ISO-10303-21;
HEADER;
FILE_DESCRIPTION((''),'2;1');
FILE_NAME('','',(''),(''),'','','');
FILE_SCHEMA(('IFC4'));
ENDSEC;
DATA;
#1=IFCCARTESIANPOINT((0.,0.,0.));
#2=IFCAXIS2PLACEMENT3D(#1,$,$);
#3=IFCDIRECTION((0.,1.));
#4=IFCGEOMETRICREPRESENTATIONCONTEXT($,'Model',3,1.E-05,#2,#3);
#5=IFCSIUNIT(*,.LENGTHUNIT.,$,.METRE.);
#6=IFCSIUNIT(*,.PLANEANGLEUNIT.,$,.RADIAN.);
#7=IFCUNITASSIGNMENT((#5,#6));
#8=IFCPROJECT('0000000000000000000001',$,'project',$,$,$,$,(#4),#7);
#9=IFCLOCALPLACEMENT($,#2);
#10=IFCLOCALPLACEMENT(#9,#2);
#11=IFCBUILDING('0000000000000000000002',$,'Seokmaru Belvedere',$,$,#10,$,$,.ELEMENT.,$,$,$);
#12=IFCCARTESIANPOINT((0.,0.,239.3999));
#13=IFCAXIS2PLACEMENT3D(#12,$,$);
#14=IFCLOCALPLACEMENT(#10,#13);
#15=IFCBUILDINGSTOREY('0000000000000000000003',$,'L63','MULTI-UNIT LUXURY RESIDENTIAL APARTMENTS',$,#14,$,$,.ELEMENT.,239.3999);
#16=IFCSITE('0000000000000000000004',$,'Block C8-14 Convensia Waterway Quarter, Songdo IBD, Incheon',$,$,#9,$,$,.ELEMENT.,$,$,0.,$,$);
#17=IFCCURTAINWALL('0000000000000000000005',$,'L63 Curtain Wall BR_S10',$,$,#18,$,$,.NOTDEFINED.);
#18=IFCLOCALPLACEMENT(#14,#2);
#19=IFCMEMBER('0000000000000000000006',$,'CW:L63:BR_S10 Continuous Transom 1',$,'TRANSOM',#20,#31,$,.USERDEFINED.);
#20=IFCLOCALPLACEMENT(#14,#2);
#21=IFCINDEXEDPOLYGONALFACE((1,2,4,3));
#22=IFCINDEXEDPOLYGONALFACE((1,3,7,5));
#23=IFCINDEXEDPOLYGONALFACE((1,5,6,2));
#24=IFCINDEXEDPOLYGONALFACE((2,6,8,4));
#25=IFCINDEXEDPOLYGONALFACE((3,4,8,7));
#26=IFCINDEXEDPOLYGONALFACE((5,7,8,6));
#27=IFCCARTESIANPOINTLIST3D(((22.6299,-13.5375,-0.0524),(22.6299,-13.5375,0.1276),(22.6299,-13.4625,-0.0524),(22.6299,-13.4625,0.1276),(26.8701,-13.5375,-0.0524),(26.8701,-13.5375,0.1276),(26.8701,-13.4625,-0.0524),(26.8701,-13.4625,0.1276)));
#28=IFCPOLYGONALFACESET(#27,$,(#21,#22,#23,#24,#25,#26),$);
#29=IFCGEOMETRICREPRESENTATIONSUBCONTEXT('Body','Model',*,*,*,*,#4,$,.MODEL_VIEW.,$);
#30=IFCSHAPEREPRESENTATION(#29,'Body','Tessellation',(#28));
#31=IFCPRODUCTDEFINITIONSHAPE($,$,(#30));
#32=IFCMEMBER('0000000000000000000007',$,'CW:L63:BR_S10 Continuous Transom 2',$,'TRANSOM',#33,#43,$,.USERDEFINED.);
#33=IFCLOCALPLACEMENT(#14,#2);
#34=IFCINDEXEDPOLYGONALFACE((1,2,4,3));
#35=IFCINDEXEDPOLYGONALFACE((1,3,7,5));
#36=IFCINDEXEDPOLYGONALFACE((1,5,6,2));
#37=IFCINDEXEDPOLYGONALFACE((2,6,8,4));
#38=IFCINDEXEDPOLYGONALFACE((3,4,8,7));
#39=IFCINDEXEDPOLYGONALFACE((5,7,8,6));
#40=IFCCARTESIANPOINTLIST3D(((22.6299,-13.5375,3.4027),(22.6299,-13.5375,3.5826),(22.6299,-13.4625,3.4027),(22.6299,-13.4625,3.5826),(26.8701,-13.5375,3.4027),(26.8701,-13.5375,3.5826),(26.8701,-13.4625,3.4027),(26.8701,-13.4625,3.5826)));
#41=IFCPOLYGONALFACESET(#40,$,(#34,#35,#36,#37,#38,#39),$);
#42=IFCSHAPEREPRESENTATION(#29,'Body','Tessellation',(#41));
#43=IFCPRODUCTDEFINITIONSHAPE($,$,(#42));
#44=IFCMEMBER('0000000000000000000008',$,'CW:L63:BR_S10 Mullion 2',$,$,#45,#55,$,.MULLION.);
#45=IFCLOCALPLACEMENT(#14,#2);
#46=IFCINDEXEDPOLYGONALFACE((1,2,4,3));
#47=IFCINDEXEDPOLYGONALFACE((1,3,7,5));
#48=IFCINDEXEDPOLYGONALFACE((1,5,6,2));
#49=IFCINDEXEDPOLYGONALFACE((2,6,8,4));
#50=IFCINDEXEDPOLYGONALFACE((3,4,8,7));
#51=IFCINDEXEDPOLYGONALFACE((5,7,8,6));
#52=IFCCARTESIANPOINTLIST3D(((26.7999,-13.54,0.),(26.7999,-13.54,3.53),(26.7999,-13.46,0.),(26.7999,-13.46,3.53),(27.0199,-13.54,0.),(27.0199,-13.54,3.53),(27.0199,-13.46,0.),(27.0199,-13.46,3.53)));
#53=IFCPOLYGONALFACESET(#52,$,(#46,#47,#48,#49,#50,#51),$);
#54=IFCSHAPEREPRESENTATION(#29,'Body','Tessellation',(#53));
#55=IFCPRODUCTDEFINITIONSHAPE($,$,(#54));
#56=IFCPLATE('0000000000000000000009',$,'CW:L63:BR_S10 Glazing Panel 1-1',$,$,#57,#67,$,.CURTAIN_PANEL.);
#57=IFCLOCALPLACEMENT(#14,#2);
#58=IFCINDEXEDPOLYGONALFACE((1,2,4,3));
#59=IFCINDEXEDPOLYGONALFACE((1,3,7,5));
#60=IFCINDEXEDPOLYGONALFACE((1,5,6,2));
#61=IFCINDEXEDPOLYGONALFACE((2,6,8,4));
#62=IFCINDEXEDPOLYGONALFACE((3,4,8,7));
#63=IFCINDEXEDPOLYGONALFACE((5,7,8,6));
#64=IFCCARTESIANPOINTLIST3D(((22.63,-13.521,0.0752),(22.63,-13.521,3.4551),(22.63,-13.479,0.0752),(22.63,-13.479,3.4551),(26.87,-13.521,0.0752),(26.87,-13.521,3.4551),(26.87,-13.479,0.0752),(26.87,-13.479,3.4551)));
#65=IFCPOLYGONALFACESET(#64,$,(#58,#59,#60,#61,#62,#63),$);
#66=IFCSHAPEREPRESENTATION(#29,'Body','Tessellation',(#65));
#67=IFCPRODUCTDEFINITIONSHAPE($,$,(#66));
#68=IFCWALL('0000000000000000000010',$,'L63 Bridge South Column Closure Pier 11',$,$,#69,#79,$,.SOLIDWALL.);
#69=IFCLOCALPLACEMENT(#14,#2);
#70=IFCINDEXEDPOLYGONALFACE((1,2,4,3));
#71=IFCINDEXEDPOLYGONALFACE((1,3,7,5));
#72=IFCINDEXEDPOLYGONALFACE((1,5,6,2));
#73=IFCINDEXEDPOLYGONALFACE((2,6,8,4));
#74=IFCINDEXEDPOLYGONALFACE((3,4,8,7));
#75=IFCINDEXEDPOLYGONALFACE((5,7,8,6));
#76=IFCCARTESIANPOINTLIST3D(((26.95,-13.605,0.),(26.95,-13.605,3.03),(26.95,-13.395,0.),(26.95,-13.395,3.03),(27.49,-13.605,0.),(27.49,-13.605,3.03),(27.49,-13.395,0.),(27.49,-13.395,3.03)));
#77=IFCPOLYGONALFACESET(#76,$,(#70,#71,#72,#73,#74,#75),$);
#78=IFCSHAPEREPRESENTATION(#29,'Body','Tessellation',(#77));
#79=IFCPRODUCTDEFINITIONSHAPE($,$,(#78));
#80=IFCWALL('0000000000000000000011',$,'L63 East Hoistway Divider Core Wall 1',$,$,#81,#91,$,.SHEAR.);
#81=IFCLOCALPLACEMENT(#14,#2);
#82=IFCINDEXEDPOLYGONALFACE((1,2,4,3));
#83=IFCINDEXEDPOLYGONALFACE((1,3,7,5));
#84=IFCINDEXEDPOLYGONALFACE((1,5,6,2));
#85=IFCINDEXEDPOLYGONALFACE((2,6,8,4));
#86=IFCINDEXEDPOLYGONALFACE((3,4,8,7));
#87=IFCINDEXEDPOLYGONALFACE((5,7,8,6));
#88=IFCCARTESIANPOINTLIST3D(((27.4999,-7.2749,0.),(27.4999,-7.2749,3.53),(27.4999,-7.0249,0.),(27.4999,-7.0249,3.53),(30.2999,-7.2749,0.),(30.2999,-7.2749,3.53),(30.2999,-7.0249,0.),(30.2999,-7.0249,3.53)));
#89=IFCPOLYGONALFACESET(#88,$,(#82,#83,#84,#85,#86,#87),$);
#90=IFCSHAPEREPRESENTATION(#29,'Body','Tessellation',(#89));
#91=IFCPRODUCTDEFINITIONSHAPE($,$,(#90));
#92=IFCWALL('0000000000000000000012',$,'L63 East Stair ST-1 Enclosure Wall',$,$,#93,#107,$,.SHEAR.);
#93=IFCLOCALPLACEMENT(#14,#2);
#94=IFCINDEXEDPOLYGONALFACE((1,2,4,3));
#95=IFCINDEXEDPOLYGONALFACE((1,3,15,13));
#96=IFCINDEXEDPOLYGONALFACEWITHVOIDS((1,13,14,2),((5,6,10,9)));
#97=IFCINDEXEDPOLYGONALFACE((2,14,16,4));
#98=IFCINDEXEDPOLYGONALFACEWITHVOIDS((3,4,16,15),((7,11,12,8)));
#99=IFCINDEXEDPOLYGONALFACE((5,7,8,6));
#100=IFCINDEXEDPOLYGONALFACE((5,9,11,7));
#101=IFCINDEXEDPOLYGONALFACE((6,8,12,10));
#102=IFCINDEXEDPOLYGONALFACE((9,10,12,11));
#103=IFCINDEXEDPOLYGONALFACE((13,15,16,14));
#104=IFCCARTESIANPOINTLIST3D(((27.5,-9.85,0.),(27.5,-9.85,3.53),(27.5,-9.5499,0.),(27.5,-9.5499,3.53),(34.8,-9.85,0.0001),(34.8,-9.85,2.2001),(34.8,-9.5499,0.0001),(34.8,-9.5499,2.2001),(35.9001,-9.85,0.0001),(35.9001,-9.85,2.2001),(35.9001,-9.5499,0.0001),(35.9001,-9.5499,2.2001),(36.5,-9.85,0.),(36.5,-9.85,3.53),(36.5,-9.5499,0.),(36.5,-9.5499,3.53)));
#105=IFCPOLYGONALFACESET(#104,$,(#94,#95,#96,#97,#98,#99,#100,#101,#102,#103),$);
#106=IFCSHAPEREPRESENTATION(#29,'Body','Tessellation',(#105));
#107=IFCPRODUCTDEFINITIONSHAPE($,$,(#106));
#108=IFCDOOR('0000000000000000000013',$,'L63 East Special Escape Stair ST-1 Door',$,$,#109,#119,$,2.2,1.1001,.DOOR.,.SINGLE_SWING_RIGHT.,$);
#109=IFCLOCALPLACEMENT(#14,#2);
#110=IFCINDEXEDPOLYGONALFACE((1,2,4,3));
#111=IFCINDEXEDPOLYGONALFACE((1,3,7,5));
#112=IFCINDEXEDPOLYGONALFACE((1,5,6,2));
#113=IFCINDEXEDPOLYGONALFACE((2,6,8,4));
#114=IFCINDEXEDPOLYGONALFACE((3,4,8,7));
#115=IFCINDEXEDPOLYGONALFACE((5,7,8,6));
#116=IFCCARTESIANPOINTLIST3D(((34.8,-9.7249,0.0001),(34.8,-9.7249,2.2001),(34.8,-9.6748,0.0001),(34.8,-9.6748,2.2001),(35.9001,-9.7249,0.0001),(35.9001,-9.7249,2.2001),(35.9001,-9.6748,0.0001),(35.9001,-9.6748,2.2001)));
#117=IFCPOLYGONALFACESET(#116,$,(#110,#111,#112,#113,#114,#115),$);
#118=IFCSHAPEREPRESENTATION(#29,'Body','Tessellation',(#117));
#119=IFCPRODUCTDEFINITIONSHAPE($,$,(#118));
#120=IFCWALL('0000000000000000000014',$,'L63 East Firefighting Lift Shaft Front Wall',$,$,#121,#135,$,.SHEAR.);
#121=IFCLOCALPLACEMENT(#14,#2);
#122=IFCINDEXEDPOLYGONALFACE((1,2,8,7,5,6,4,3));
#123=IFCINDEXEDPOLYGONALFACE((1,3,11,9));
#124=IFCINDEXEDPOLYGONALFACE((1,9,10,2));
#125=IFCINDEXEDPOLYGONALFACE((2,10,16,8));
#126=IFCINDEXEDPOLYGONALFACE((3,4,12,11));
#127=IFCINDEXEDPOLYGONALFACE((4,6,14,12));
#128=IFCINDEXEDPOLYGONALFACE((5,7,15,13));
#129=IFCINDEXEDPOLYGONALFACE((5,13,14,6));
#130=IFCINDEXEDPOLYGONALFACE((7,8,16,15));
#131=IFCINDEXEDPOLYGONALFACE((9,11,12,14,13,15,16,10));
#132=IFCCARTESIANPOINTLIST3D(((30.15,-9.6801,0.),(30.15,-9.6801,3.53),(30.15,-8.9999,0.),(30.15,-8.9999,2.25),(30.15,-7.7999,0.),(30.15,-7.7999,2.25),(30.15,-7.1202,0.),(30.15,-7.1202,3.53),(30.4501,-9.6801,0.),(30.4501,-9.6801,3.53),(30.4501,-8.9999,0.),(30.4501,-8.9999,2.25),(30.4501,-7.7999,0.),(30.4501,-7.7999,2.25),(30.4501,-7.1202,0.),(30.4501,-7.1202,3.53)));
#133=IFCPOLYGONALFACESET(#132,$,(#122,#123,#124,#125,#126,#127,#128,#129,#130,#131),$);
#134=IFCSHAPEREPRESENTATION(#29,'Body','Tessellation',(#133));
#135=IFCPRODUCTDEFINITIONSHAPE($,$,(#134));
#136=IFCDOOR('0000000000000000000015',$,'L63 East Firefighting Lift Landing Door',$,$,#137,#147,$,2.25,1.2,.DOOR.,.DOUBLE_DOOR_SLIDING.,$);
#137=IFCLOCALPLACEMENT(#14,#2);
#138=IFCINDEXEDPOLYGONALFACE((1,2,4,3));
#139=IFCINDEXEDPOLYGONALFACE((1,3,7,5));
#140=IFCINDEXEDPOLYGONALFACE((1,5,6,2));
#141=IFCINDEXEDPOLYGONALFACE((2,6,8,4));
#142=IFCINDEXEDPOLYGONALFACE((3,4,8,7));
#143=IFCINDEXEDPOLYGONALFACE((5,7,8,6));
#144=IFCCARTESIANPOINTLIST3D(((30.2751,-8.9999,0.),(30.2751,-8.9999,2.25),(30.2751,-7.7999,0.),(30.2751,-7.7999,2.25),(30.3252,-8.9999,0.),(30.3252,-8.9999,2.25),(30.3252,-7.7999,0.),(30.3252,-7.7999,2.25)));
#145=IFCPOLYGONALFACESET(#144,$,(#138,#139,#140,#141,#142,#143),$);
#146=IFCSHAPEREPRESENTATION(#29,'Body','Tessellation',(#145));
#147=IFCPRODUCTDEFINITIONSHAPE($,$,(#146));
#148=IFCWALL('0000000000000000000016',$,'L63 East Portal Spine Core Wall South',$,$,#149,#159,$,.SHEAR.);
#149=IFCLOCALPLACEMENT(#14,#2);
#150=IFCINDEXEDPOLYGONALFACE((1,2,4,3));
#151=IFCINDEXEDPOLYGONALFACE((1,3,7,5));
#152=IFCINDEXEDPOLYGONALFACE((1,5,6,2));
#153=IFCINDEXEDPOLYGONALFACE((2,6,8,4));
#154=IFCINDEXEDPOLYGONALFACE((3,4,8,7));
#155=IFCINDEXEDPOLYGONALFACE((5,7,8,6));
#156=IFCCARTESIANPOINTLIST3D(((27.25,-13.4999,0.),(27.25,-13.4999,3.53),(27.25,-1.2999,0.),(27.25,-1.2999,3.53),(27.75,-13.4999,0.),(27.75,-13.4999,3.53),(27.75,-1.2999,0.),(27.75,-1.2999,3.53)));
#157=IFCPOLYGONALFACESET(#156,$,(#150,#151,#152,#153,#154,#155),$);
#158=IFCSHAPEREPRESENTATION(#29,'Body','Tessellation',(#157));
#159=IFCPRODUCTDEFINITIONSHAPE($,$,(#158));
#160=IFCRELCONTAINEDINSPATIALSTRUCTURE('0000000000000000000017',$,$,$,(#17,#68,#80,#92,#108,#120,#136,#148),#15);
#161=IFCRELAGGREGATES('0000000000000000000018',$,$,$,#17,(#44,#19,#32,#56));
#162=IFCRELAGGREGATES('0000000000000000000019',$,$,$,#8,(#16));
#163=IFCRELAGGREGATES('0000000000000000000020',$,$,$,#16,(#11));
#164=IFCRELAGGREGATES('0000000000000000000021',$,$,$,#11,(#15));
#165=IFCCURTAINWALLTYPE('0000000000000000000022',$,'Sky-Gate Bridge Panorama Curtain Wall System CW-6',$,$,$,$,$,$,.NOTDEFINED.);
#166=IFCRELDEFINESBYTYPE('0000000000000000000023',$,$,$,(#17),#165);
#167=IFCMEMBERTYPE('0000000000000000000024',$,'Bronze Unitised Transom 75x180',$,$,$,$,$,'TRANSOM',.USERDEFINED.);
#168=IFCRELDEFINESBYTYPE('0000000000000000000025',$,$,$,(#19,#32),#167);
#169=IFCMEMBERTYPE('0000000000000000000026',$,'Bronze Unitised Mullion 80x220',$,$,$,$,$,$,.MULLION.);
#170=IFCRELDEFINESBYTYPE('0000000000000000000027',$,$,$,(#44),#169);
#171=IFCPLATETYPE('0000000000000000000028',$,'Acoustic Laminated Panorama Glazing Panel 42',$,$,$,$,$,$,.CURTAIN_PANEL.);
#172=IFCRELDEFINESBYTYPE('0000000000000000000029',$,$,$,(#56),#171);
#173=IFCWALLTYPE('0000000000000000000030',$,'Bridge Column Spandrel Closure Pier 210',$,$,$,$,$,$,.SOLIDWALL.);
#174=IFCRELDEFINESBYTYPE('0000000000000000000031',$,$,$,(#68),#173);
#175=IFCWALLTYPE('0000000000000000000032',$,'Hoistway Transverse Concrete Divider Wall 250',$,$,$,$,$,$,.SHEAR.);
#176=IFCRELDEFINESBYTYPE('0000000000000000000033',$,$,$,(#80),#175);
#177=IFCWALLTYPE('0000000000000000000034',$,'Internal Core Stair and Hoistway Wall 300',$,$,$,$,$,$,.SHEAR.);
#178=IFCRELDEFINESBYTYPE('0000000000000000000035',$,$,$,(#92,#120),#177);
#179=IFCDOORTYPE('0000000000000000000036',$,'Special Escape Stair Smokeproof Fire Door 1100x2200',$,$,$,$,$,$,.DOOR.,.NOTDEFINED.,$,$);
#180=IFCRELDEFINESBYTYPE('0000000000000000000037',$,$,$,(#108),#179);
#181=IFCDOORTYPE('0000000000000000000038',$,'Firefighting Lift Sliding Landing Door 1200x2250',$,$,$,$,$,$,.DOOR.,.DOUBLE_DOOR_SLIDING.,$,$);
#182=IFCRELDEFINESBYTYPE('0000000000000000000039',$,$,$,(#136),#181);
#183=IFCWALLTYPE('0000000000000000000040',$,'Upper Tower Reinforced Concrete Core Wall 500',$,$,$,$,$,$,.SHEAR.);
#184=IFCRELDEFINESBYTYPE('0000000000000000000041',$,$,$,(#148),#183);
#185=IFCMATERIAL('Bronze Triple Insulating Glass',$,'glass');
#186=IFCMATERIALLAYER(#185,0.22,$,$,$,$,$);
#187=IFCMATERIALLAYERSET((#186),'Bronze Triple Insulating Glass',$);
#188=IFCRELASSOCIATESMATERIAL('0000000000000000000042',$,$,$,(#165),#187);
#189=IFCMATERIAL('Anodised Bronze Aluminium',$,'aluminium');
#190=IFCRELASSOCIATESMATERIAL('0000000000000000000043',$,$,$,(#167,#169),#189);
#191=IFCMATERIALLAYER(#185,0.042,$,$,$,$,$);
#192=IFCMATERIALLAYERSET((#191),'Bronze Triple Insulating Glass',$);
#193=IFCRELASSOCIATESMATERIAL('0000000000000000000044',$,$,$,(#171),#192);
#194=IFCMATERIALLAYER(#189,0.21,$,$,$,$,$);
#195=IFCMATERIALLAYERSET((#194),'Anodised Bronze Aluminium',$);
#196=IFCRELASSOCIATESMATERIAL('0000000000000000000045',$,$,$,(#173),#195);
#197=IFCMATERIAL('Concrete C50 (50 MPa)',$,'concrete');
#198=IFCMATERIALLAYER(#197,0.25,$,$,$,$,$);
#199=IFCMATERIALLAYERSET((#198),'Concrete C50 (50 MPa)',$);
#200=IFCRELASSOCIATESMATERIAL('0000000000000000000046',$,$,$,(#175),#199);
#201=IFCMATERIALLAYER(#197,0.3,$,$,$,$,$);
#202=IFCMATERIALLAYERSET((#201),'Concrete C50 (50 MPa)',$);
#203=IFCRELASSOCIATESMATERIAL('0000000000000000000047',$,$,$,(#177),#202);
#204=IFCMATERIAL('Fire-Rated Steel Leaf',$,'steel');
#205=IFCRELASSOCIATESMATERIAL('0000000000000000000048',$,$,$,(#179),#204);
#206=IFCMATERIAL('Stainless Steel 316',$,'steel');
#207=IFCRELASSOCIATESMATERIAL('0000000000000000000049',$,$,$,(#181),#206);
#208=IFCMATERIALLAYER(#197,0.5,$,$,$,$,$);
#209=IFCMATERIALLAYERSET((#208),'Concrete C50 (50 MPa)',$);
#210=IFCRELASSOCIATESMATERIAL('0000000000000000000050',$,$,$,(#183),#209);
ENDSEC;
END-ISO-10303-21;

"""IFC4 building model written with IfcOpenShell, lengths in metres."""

from ifc_helpers import new_model, si_unit, direction, frame, frame_2d, origin, origin_2d, place, context, subcontext, project, spatial, rectangle, extrude, source, transform, mapped, material, layer, layer_set, material_profile, profile_set, type_object, type_shapes, element, fill, aggregate, save


model = new_model("IFC4")

# Units and contexts
model_context = context("Model", 3, precision=1e-05, world=origin(), true_north=direction((0.0, 1.0)))
body_context = subcontext(model_context, "Body", "Model", "MODEL_VIEW")
ifc_project = project(units=[si_unit("LENGTHUNIT", "METRE"), si_unit("PLANEANGLEUNIT", "RADIAN")], contexts=[model_context])

# Site, building, storey
site_placement = place(None, origin())
site = spatial("IfcSite", under=ifc_project, at=site_placement, Name="Block C8-14 Convensia Waterway Quarter, Songdo IBD, Incheon", CompositionType="ELEMENT", RefElevation=0.0)
building_placement = place(site_placement, origin())
building = spatial("IfcBuilding", under=site, at=building_placement, Name="Seokmaru Belvedere", CompositionType="ELEMENT")
storey_placement = place(building_placement, frame((0.0, 0.0, 239.3999)))
storey = spatial("IfcBuildingStorey", under=building, at=storey_placement, Name="L63", Description="MULTI-UNIT LUXURY RESIDENTIAL APARTMENTS", CompositionType="ELEMENT", Elevation=239.3999)

# Curtain wall, members, plate
ifc_material_1 = material(Name="Bronze Triple Insulating Glass", Category="glass")
ifc_layer_1 = layer(ifc_material_1, 0.22)
ifc_layer_set_1 = layer_set([ifc_layer_1], Name="Bronze Triple Insulating Glass")
curtain_wall_type = type_object("IfcCurtainWallType", Name="Sky-Gate Bridge Panorama Curtain Wall System CW-6", PredefinedType="NOTDEFINED", material=ifc_layer_set_1)
curtain_wall_placement = place(storey_placement, origin())
curtain_wall = element("IfcCurtainWall", 1, at=curtain_wall_placement, inside=storey, type_object=curtain_wall_type, Name="L63 Curtain Wall BR_S10", PredefinedType="NOTDEFINED")
ifc_material_2 = material(Name="Anodised Bronze Aluminium", Category="aluminium")
ifc_material_profile_1 = material_profile(ifc_material_2, rectangle(XDim=0.075, YDim=0.1799, at=origin_2d()), Name="CW-T-75x180")
ifc_profile_set_1 = profile_set([ifc_material_profile_1], Name="Anodised Bronze Aluminium")
member_type_1 = type_object("IfcMemberType", Name="Bronze Unitised Transom 75x180", ElementType="TRANSOM", PredefinedType="USERDEFINED", material=ifc_profile_set_1)
shared_shape_1 = source(origin(), body_context, "Body", "SweptSolid", [
    extrude(rectangle(XDim=0.075, YDim=0.1799, at=origin_2d()), origin(), (0.0, 0.0, 1.0), 4.2402),
])
type_shapes(member_type_1, [shared_shape_1])
member_1_placement = place(storey_placement, frame((22.6299, -13.5, 0.0376), z_axis=(1.0, 0.0, 0.0), x_axis=(0.0, 1.0, 0.0)))
member_1 = element("IfcMember", 2, at=member_1_placement, type_object=member_type_1, Name="CW:L63:BR_S10 Continuous Transom 1", ObjectType="TRANSOM", PredefinedType="USERDEFINED", context=body_context, shape_type="MappedRepresentation", body=[
    mapped(shared_shape_1, transform((0.0, 0.0, 0.0), scale=1.0)),
])
member_2_placement = place(storey_placement, frame((22.6299, -13.5, 3.4927), z_axis=(1.0, 0.0, 0.0), x_axis=(0.0, 1.0, 0.0)))
member_2 = element("IfcMember", 3, at=member_2_placement, type_object=member_type_1, Name="CW:L63:BR_S10 Continuous Transom 2", ObjectType="TRANSOM", PredefinedType="USERDEFINED", context=body_context, shape_type="MappedRepresentation", body=[
    mapped(shared_shape_1, transform((0.0, 0.0, 0.0), scale=1.0)),
])
ifc_material_profile_2 = material_profile(ifc_material_2, rectangle(XDim=0.0801, YDim=0.22, at=origin_2d()), Name="CW-M-80x220")
ifc_profile_set_2 = profile_set([ifc_material_profile_2], Name="Anodised Bronze Aluminium")
member_type_2 = type_object("IfcMemberType", Name="Bronze Unitised Mullion 80x220", PredefinedType="MULLION", material=ifc_profile_set_2)
shared_shape_2 = source(origin(), body_context, "Body", "SweptSolid", [
    extrude(rectangle(XDim=0.0801, YDim=0.22, at=origin_2d()), origin(), (0.0, 0.0, 1.0), 3.53),
])
type_shapes(member_type_2, [shared_shape_2])
member_3_placement = place(storey_placement, frame((26.9099, -13.5, 0.0), z_axis=(0.0, 0.0, 1.0), x_axis=(0.0, 1.0, 0.0)))
member_3 = element("IfcMember", 4, at=member_3_placement, type_object=member_type_2, Name="CW:L63:BR_S10 Mullion 2", PredefinedType="MULLION", context=body_context, shape_type="MappedRepresentation", body=[
    mapped(shared_shape_2, transform((0.0, 0.0, 0.0), scale=1.0)),
])
ifc_layer_2 = layer(ifc_material_1, 0.042)
ifc_layer_set_2 = layer_set([ifc_layer_2], Name="Bronze Triple Insulating Glass")
plate_type = type_object("IfcPlateType", Name="Acoustic Laminated Panorama Glazing Panel 42", PredefinedType="CURTAIN_PANEL", material=ifc_layer_set_2)
shared_shape_3 = source(origin(), body_context, "Body", "SweptSolid", [
    extrude(rectangle(XDim=4.24, YDim=0.042, at=origin_2d()), origin(), (0.0, 0.0, 1.0), 3.3799),
])
type_shapes(plate_type, [shared_shape_3])
plate_placement = place(storey_placement, frame((24.75, -13.5, 0.0752), z_axis=(0.0, 0.0, 1.0), x_axis=(1.0, 0.0, 0.0)))
plate = element("IfcPlate", 5, at=plate_placement, type_object=plate_type, Name="CW:L63:BR_S10 Glazing Panel 1-1", PredefinedType="CURTAIN_PANEL", context=body_context, shape_type="MappedRepresentation", body=[
    mapped(shared_shape_3, transform((0.0, 0.0, 0.0), scale=1.0)),
])
aggregate(curtain_wall, [member_3, member_1, member_2, plate])

# Wall
ifc_layer_3 = layer(ifc_material_2, 0.21)
ifc_layer_set_3 = layer_set([ifc_layer_3], Name="Anodised Bronze Aluminium")
wall_type_1 = type_object("IfcWallType", Name="Bridge Column Spandrel Closure Pier 210", PredefinedType="SOLIDWALL", material=ifc_layer_set_3)
wall_1_placement = place(storey_placement, frame((26.95, -13.5, 0.0), z_axis=(0.0, 0.0, 1.0), x_axis=(1.0, 0.0, 0.0)))
element("IfcWall", 6, at=wall_1_placement, inside=storey, type_object=wall_type_1, Name="L63 Bridge South Column Closure Pier 11", PredefinedType="SOLIDWALL", context=body_context, shape_type="SweptSolid", body=[
    extrude(rectangle(XDim=0.54, YDim=0.21, at=frame_2d((0.27, 0.0))), origin(), (0.0, 0.0, 1.0), 3.03),
])

# Shared definitions
ifc_material_3 = material(Name="Fire-Rated Steel Leaf", Category="steel")

# Wall
ifc_material_4 = material(Name="Concrete C50 (50 MPa)", Category="concrete")
ifc_layer_4 = layer(ifc_material_4, 0.25)
ifc_layer_set_4 = layer_set([ifc_layer_4], Name="Concrete C50 (50 MPa)")
wall_type_2 = type_object("IfcWallType", Name="Hoistway Transverse Concrete Divider Wall 250", PredefinedType="SHEAR", material=ifc_layer_set_4)
wall_2_placement = place(storey_placement, frame((27.5, -7.1499, 0.0), z_axis=(0.0, 0.0, 1.0), x_axis=(1.0, 0.0, 0.0)))
element("IfcWall", 7, at=wall_2_placement, inside=storey, type_object=wall_type_2, Name="L63 East Hoistway Divider Core Wall 1", PredefinedType="SHEAR", context=body_context, shape_type="SweptSolid", body=[
    extrude(rectangle(XDim=2.8, YDim=0.25, at=frame_2d((1.3999, 0.0))), origin(), (0.0, 0.0, 1.0), 3.53),
])

# Walls, openings, doors
ifc_layer_5 = layer(ifc_material_4, 0.3)
ifc_layer_set_5 = layer_set([ifc_layer_5], Name="Concrete C50 (50 MPa)")
wall_type_3 = type_object("IfcWallType", Name="Internal Core Stair and Hoistway Wall 300", PredefinedType="SHEAR", material=ifc_layer_set_5)
wall_3_placement = place(storey_placement, frame((27.5, -9.7, 0.0), z_axis=(0.0, 0.0, 1.0), x_axis=(1.0, 0.0, 0.0)))
wall_3 = element("IfcWall", 8, at=wall_3_placement, inside=storey, type_object=wall_type_3, Name="L63 East Stair ST-1 Enclosure Wall", PredefinedType="SHEAR", context=body_context, shape_type="SweptSolid", body=[
    extrude(rectangle(XDim=9.0, YDim=0.3, at=frame_2d((4.5, 0.0))), origin(), (0.0, 0.0, 1.0), 3.53),
])
opening_1_placement = place(wall_3_placement, frame((7.3, 0.0, 0.0)))
opening_1 = element("IfcOpeningElement", 9, at=opening_1_placement, cuts=wall_3, PredefinedType="OPENING", context=body_context, shape_type="SweptSolid", body=[
    extrude(rectangle(XDim=1.1001, YDim=2.2, at=frame_2d((0.55, 1.1001))), frame((0.0, 0.1602, 0.0), z_axis=(0.0, -1.0, 0.0), x_axis=(1.0, 0.0, 0.0)), (0.0, 0.0, 1.0), 0.3201),
])
door_type_1 = type_object("IfcDoorType", Name="Special Escape Stair Smokeproof Fire Door 1100x2200", OperationType="NOTDEFINED", PredefinedType="DOOR", material=ifc_material_3)
shared_shape_4 = source(origin(), body_context, "Body", "SweptSolid", [
    extrude(rectangle(XDim=1.1001, YDim=2.2, at=frame_2d((0.55, 1.1001))), frame((0.0, 0.0249, 0.0), z_axis=(0.0, -1.0, 0.0), x_axis=(1.0, 0.0, 0.0)), (0.0, 0.0, 1.0), 0.05),
])
type_shapes(door_type_1, [shared_shape_4])
door_1_placement = place(opening_1_placement, frame((1.1001, 0.0, 0.0), z_axis=(0.0, 0.0, 1.0), x_axis=(-1.0, 0.0, 0.0)))
door_1 = element("IfcDoor", 10, at=door_1_placement, inside=storey, type_object=door_type_1, Name="L63 East Special Escape Stair ST-1 Door", OperationType="SINGLE_SWING_RIGHT", OverallHeight=2.2, OverallWidth=1.1001, PredefinedType="DOOR", context=body_context, shape_type="MappedRepresentation", body=[
    mapped(shared_shape_4, transform((0.0, 0.0, 0.0), scale=1.0)),
])
fill(opening_1, door_1)
wall_4_placement = place(storey_placement, frame((30.3, -9.6799, 0.0), z_axis=(0.0, 0.0, 1.0), x_axis=(0.0, 1.0, 0.0)))
wall_4 = element("IfcWall", 11, at=wall_4_placement, inside=storey, type_object=wall_type_3, Name="L63 East Firefighting Lift Shaft Front Wall", PredefinedType="SHEAR", context=body_context, shape_type="SweptSolid", body=[
    extrude(rectangle(XDim=2.5598, YDim=0.3, at=frame_2d((1.2798, 0.0))), origin(), (0.0, 0.0, 1.0), 3.53),
])
opening_2_placement = place(wall_4_placement, frame((0.6799, 0.0, 0.0)))
opening_2 = element("IfcOpeningElement", 12, at=opening_2_placement, cuts=wall_4, PredefinedType="OPENING", context=body_context, shape_type="SweptSolid", body=[
    extrude(rectangle(XDim=1.2, YDim=2.25, at=frame_2d((0.6001, 1.125))), frame((0.0, 0.1602, 0.0), z_axis=(0.0, -1.0, 0.0), x_axis=(1.0, 0.0, 0.0)), (0.0, 0.0, 1.0), 0.3201),
])
ifc_material_5 = material(Name="Stainless Steel 316", Category="steel")
door_type_2 = type_object("IfcDoorType", Name="Firefighting Lift Sliding Landing Door 1200x2250", OperationType="DOUBLE_DOOR_SLIDING", PredefinedType="DOOR", material=ifc_material_5)
shared_shape_5 = source(origin(), body_context, "Body", "SweptSolid", [
    extrude(rectangle(XDim=1.2, YDim=2.25, at=frame_2d((0.6001, 1.125))), frame((0.0, 0.0249, 0.0), z_axis=(0.0, -1.0, 0.0), x_axis=(1.0, 0.0, 0.0)), (0.0, 0.0, 1.0), 0.05),
])
type_shapes(door_type_2, [shared_shape_5])
door_2_placement = place(opening_2_placement, origin())
door_2 = element("IfcDoor", 13, at=door_2_placement, inside=storey, type_object=door_type_2, Name="L63 East Firefighting Lift Landing Door", OperationType="DOUBLE_DOOR_SLIDING", OverallHeight=2.25, OverallWidth=1.2, PredefinedType="DOOR", context=body_context, shape_type="MappedRepresentation", body=[
    mapped(shared_shape_5, transform((0.0, 0.0, 0.0), scale=1.0)),
])
fill(opening_2, door_2)

# Wall
ifc_layer_6 = layer(ifc_material_4, 0.5)
ifc_layer_set_6 = layer_set([ifc_layer_6], Name="Concrete C50 (50 MPa)")
wall_type_4 = type_object("IfcWallType", Name="Upper Tower Reinforced Concrete Core Wall 500", PredefinedType="SHEAR", material=ifc_layer_set_6)
wall_5_placement = place(storey_placement, frame((27.5, -13.5, 0.0), z_axis=(0.0, 0.0, 1.0), x_axis=(0.0, 1.0, 0.0)))
element("IfcWall", 14, at=wall_5_placement, inside=storey, type_object=wall_type_4, Name="L63 East Portal Spine Core Wall South", PredefinedType="SHEAR", context=body_context, shape_type="SweptSolid", body=[
    extrude(rectangle(XDim=12.2, YDim=0.5, at=frame_2d((6.1001, 0.0))), origin(), (0.0, 0.0, 1.0), 3.53),
])

save(model, "model.ifc")
